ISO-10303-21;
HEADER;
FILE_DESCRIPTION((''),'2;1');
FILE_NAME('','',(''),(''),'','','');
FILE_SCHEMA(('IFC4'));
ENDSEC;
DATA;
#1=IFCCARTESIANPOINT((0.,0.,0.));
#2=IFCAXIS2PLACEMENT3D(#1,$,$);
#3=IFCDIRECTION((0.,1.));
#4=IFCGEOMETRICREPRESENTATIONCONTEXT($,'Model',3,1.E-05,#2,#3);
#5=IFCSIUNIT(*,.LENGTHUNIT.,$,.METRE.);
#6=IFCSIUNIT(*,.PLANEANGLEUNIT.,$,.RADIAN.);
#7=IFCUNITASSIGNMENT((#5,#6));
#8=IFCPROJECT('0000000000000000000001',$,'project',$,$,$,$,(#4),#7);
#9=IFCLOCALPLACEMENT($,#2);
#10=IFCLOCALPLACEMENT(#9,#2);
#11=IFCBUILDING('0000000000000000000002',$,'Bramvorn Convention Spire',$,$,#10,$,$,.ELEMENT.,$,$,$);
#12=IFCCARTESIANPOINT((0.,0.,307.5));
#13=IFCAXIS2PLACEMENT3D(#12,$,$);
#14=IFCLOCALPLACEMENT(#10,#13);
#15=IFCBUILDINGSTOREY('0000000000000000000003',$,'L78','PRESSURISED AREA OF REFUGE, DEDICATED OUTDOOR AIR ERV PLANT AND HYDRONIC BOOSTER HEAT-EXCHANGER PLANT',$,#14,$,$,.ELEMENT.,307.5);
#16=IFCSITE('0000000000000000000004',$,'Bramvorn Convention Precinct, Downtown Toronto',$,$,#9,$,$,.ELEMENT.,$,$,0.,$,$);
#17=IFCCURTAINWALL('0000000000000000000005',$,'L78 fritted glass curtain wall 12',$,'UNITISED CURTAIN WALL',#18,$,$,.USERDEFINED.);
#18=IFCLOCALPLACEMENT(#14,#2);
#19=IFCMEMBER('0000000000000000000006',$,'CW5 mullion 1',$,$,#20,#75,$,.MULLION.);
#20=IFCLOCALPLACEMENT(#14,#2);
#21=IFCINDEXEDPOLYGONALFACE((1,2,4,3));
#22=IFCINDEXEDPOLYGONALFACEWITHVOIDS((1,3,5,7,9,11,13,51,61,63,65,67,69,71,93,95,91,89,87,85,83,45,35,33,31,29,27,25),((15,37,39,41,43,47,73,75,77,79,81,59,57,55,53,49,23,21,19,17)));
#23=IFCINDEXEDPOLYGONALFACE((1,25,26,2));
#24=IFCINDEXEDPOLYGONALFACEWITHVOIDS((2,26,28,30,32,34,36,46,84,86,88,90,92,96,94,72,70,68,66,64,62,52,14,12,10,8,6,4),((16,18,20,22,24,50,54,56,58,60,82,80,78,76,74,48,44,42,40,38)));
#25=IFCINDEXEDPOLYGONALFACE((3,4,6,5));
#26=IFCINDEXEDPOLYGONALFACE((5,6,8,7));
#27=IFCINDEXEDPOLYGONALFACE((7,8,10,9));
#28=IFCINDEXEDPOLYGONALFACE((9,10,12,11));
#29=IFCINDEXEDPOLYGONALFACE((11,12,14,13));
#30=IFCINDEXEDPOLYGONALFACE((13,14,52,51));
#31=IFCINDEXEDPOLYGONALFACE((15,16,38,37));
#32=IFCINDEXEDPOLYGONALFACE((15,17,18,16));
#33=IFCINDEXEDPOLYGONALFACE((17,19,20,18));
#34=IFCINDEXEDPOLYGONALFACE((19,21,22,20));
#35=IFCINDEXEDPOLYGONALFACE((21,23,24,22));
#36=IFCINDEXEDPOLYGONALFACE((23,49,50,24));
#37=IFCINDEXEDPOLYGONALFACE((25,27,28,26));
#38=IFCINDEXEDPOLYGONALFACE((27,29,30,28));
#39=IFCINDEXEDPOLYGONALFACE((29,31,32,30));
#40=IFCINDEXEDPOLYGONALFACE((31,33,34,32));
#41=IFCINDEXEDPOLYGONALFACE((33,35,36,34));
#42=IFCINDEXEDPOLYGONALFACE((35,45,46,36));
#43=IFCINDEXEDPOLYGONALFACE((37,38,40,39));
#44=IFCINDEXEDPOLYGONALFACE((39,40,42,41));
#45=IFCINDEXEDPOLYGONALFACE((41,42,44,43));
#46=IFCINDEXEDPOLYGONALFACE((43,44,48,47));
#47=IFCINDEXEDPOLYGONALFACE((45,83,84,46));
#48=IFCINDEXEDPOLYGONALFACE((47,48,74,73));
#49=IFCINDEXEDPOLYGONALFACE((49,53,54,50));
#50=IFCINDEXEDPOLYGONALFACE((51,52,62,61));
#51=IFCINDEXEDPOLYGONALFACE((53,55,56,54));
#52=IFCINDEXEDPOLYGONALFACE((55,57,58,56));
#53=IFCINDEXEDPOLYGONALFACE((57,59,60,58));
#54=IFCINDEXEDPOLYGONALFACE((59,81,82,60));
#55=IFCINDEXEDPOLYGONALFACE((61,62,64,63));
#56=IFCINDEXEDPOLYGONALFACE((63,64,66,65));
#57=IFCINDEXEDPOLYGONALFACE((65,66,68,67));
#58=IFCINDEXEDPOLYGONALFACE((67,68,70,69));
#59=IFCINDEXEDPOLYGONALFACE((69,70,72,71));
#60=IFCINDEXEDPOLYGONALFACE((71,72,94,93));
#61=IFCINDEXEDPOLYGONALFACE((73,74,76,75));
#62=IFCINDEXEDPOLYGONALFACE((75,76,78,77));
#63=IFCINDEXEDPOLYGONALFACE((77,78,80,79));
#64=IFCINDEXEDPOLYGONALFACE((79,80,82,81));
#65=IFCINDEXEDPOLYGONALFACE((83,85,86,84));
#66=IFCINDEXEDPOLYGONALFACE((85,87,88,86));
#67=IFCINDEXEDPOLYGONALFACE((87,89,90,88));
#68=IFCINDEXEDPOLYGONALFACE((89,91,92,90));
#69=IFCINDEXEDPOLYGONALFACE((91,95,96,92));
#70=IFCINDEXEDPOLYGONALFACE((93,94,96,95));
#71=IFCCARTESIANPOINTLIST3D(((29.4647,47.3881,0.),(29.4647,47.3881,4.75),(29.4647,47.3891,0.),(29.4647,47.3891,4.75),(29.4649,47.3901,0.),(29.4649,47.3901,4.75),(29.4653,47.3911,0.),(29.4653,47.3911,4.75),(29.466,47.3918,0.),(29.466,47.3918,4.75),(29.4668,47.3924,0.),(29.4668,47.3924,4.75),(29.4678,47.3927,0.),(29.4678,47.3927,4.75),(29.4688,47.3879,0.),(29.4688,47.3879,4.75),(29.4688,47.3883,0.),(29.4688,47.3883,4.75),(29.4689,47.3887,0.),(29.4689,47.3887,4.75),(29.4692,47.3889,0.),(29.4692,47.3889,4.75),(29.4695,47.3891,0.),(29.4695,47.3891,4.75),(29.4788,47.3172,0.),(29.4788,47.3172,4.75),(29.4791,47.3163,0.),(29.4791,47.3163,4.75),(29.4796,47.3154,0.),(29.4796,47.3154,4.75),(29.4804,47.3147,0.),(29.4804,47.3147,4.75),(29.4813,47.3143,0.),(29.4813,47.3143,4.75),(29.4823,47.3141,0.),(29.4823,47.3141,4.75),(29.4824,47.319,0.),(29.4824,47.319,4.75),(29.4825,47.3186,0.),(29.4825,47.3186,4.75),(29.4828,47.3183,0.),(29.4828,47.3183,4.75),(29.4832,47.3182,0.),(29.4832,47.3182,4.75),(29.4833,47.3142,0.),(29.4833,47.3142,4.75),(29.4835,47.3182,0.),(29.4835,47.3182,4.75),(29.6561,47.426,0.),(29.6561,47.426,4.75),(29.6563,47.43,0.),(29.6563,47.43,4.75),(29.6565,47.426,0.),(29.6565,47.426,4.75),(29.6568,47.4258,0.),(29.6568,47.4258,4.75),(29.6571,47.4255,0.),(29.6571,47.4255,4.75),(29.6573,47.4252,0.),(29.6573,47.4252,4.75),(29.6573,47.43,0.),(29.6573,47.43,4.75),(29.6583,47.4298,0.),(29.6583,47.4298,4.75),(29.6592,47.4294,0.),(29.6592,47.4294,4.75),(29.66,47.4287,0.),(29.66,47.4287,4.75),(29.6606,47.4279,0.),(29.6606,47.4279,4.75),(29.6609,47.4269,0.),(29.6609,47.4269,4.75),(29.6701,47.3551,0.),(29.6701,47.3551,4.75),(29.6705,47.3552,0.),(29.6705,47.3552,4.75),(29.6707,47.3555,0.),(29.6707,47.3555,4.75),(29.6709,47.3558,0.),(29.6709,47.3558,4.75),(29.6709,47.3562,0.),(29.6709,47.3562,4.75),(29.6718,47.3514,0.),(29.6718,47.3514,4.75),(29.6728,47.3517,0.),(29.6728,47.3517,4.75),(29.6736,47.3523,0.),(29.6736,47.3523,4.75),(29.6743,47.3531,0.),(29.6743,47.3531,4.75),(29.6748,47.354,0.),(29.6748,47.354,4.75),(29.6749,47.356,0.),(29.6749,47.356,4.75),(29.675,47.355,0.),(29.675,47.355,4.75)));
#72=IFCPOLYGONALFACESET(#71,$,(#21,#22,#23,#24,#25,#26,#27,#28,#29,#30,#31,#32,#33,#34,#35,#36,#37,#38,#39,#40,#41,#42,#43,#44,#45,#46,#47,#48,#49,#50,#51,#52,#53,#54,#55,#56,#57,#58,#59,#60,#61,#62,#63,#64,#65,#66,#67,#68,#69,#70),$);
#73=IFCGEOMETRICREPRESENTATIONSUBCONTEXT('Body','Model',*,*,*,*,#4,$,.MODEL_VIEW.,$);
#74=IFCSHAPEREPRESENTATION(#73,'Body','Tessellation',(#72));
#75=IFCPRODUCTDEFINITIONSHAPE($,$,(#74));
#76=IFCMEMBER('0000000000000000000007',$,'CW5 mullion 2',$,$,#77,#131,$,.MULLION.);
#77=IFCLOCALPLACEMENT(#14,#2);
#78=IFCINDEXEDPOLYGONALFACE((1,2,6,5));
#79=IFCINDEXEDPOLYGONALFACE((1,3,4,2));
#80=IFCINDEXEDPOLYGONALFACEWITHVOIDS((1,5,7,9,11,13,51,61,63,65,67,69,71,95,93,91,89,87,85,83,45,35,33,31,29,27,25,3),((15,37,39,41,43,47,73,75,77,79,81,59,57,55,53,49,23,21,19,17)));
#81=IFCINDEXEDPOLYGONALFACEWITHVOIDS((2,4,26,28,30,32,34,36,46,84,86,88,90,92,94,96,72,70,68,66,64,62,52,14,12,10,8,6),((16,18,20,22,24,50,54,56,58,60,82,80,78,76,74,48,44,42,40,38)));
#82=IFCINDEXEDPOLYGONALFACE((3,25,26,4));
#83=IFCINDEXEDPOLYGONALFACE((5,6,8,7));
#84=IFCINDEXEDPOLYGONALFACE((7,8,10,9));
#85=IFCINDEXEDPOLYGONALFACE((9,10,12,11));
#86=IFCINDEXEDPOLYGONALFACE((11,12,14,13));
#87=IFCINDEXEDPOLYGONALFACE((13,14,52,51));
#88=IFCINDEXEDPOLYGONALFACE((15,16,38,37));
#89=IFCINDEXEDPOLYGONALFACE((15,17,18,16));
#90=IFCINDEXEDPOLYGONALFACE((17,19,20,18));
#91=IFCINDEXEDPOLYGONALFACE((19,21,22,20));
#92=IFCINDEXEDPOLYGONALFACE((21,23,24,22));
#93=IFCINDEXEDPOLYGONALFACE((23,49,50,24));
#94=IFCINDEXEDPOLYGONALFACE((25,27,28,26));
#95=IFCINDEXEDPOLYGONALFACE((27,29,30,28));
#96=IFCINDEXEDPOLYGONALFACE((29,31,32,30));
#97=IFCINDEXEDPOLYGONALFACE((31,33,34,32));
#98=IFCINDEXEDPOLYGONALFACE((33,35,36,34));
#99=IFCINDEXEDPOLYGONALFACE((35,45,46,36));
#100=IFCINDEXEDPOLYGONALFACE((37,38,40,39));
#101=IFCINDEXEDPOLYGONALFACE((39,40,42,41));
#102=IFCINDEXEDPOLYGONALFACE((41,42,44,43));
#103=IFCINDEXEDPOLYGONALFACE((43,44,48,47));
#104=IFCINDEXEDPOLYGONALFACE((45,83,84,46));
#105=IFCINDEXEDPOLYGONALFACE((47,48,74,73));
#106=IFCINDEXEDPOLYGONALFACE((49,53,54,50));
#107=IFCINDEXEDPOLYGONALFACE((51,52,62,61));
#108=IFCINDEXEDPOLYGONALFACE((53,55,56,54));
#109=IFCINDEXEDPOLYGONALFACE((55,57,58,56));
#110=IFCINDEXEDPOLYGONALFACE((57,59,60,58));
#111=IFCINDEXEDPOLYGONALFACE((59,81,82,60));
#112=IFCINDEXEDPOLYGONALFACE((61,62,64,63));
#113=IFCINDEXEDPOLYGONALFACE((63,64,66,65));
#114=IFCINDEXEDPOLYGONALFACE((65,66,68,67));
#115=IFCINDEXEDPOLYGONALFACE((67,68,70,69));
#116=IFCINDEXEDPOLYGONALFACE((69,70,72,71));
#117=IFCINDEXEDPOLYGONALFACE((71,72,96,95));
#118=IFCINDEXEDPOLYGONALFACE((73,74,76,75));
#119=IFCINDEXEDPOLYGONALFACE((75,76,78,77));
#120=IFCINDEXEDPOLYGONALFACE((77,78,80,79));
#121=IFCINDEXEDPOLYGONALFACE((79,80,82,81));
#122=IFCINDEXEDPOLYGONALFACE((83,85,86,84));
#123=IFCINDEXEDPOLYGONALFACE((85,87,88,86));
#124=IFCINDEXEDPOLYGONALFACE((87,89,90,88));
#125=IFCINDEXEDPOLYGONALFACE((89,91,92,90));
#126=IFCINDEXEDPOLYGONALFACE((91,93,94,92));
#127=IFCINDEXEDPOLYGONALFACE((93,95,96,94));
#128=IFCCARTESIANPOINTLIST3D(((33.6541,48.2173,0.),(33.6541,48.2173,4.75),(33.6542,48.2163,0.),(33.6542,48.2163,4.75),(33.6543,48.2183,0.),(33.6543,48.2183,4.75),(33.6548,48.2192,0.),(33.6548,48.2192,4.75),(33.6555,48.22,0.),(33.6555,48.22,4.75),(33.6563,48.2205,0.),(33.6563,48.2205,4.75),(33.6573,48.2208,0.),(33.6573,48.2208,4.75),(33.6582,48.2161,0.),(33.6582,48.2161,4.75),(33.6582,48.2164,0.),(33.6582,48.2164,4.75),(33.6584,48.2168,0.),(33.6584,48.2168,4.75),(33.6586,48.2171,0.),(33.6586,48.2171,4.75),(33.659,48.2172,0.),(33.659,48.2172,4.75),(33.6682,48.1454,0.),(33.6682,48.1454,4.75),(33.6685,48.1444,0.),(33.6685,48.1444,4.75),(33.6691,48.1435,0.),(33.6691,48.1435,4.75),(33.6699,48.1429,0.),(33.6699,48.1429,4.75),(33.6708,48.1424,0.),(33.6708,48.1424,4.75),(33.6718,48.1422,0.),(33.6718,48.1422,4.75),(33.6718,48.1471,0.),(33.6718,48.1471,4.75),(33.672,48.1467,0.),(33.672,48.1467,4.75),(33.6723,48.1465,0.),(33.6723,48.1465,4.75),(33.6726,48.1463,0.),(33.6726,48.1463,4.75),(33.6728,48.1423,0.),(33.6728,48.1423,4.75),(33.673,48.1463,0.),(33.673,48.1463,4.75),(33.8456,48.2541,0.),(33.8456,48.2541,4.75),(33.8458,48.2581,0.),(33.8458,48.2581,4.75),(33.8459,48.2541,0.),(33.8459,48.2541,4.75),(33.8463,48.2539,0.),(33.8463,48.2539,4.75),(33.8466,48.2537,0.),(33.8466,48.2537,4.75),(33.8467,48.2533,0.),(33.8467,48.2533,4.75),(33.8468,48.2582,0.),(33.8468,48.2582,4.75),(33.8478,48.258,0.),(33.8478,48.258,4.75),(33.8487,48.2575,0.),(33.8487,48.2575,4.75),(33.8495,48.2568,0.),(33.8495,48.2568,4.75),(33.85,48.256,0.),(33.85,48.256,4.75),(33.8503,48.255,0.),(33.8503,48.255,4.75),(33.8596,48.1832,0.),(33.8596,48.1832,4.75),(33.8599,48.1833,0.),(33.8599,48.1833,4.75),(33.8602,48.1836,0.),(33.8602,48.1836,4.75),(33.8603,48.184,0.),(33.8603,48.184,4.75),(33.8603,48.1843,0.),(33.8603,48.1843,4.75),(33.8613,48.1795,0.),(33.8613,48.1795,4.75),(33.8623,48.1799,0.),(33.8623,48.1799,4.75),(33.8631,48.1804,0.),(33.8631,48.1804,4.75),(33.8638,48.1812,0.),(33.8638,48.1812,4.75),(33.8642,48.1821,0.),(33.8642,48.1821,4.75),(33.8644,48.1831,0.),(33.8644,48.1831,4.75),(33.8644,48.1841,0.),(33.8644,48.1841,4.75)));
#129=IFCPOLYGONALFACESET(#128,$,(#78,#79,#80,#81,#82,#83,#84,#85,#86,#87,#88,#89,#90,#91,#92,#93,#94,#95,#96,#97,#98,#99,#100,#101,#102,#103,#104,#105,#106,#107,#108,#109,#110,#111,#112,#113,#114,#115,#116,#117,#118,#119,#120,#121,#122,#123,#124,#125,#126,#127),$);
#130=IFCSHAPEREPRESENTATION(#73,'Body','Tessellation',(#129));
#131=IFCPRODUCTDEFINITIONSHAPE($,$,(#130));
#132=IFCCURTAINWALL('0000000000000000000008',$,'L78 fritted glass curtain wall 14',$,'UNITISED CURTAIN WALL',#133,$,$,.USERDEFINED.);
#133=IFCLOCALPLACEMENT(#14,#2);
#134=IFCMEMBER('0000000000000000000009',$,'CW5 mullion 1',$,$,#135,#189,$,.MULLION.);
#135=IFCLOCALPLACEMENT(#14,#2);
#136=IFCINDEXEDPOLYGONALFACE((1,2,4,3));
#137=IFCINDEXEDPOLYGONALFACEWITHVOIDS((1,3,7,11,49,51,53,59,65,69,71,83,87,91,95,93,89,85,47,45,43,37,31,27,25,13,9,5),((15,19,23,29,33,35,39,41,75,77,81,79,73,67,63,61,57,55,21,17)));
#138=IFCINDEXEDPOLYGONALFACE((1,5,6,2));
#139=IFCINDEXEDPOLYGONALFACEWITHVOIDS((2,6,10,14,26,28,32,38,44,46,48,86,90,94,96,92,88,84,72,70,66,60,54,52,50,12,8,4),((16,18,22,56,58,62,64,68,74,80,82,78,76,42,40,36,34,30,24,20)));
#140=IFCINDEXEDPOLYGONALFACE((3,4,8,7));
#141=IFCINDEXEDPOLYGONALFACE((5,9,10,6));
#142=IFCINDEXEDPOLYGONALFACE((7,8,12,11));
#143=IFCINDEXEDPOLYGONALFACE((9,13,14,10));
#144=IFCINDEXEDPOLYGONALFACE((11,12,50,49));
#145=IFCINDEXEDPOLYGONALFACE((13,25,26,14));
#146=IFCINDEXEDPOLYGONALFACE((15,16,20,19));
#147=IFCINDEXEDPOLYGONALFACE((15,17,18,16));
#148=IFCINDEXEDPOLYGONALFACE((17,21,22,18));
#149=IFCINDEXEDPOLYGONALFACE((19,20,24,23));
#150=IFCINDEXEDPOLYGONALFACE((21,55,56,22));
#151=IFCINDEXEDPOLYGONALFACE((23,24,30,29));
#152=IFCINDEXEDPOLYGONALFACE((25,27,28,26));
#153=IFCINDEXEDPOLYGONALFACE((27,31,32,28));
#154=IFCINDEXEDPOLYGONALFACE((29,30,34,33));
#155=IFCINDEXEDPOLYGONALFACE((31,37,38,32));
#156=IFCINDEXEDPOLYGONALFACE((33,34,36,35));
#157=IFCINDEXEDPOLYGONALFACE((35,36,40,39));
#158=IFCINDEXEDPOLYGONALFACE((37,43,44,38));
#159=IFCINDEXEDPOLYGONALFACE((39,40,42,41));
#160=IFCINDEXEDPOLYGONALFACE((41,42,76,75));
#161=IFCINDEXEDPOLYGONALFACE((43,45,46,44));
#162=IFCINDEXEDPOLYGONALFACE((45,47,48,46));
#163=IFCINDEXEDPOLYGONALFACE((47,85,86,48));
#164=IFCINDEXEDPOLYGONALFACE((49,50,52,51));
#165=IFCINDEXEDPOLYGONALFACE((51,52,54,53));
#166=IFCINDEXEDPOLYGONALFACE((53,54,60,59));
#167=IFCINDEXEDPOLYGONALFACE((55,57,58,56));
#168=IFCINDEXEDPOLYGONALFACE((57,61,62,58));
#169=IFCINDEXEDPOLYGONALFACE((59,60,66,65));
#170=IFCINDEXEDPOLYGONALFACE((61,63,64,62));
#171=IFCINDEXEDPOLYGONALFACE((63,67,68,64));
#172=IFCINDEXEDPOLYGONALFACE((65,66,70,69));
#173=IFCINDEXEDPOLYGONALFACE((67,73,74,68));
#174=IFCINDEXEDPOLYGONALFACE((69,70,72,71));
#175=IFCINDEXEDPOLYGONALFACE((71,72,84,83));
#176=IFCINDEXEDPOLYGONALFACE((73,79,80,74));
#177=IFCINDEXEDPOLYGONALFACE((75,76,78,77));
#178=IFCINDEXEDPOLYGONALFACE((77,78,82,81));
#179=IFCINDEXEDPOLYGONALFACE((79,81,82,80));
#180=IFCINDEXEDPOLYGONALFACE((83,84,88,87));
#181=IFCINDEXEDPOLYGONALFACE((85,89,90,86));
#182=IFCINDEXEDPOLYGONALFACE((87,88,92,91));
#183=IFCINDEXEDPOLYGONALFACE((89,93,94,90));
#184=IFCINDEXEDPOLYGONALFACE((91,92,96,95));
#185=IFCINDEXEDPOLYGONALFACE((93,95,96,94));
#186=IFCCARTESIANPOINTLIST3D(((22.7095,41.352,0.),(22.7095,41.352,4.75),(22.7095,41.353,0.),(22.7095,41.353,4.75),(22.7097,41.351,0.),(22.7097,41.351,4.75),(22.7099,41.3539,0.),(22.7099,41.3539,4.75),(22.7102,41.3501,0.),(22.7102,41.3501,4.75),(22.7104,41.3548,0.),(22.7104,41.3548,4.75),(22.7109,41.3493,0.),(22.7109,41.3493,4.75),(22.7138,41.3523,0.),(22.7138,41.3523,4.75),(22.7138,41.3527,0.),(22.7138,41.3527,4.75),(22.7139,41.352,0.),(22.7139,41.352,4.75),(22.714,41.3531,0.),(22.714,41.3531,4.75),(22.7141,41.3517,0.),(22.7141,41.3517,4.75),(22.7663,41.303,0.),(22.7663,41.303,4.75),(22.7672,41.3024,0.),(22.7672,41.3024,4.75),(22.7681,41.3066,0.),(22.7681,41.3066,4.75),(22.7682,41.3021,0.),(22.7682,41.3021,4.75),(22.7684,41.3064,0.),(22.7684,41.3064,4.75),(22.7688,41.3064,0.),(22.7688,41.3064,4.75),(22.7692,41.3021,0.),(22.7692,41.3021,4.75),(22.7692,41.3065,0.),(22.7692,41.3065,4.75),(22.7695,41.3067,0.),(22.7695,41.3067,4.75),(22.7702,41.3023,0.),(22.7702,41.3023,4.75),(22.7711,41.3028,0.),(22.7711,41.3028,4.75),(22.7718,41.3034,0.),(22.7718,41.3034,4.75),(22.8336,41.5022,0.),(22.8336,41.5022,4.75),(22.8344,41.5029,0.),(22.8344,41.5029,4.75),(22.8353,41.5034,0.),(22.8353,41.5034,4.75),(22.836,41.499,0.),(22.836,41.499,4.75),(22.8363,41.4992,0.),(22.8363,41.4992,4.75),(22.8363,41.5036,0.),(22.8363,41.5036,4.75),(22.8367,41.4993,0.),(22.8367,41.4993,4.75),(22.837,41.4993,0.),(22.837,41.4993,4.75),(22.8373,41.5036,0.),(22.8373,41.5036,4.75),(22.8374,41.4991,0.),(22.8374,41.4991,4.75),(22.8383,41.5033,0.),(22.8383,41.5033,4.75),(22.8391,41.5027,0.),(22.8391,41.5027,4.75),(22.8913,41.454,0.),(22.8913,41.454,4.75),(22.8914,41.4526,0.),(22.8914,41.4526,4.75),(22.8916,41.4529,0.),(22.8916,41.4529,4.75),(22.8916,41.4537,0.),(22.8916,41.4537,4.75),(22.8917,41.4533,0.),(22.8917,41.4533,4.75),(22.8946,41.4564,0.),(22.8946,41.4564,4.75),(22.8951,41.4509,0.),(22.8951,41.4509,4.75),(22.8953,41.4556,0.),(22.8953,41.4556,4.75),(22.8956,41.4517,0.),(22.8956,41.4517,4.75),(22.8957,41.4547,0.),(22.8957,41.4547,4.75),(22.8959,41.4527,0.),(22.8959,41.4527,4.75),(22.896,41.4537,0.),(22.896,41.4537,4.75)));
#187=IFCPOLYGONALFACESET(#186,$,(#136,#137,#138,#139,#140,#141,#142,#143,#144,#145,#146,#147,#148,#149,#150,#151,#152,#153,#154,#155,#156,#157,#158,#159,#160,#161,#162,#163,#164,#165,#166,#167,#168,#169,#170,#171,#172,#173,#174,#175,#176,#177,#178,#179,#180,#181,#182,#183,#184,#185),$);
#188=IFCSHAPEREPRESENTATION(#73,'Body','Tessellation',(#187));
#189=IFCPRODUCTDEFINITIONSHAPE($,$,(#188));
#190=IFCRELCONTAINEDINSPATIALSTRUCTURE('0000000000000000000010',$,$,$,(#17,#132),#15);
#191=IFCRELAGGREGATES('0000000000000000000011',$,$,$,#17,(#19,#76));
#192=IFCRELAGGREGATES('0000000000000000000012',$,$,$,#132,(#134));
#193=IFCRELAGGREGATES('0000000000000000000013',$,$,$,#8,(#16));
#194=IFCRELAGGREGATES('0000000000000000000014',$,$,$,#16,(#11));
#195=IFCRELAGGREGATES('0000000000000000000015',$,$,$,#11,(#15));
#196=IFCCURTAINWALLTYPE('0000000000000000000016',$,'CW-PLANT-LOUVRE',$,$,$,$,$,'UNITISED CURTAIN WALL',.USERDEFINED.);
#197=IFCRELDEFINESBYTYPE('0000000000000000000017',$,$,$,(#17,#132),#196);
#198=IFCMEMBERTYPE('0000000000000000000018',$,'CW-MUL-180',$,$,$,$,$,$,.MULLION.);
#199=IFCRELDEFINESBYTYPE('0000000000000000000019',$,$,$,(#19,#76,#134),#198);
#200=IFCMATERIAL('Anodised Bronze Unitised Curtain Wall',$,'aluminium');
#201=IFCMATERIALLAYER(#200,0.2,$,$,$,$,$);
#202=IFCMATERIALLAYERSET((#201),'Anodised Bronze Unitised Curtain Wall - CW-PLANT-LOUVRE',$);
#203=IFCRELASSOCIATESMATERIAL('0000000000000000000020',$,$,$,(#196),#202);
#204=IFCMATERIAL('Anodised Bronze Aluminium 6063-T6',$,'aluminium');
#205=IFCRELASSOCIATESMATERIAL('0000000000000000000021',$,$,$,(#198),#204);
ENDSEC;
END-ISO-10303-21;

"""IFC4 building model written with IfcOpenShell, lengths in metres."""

from ifc_helpers import new_model, si_unit, direction, frame, origin, origin_2d, place, context, subcontext, project, spatial, hollow_rectangle, extrude, material, layer, layer_set, material_profile, profile_set, type_object, element, aggregate, save


model = new_model("IFC4")

# Units and contexts
model_context = context("Model", 3, precision=1e-05, world=origin(), true_north=direction((0.0, 1.0)))
body_context = subcontext(model_context, "Body", "Model", "MODEL_VIEW")
ifc_project = project(units=[si_unit("LENGTHUNIT", "METRE"), si_unit("PLANEANGLEUNIT", "RADIAN")], contexts=[model_context])

# Site, building, storey
site_placement = place(None, origin())
site = spatial("IfcSite", under=ifc_project, at=site_placement, Name="Bramvorn Convention Precinct, Downtown Toronto", CompositionType="ELEMENT", RefElevation=0.0)
building_placement = place(site_placement, origin())
building = spatial("IfcBuilding", under=site, at=building_placement, Name="Bramvorn Convention Spire", CompositionType="ELEMENT")
storey_placement = place(building_placement, frame((0.0, 0.0, 307.5)))
storey = spatial("IfcBuildingStorey", under=building, at=storey_placement, Name="L78", Description="PRESSURISED AREA OF REFUGE, DEDICATED OUTDOOR AIR ERV PLANT AND HYDRONIC BOOSTER HEAT-EXCHANGER PLANT", CompositionType="ELEMENT", Elevation=307.5)

# Shared definitions
ifc_material_1 = material(Name="Anodised Bronze Unitised Curtain Wall", Category="aluminium")
ifc_layer_1 = layer(ifc_material_1, 0.2)
ifc_layer_set_1 = layer_set([ifc_layer_1], Name="Anodised Bronze Unitised Curtain Wall - CW-PLANT-LOUVRE")
curtain_wall_type = type_object("IfcCurtainWallType", Name="CW-PLANT-LOUVRE", ElementType="UNITISED CURTAIN WALL", PredefinedType="USERDEFINED", material=ifc_layer_set_1)
ifc_material_2 = material(Name="Anodised Bronze Aluminium 6063-T6", Category="aluminium")
ifc_material_profile_1 = material_profile(ifc_material_2, hollow_rectangle(XDim=0.0801, YDim=0.2, WallThickness=0.0039, InnerFilletRadius=0.001, OuterFilletRadius=0.0039, at=origin_2d()))
ifc_profile_set_1 = profile_set([ifc_material_profile_1], Name="Anodised Bronze Aluminium 6063-T6 - CWM80X200")
member_type_1 = type_object("IfcMemberType", Name="CW-MUL-180", PredefinedType="MULLION", material=ifc_profile_set_1)

# Curtain walls, members
curtain_wall_1_placement = place(storey_placement, origin())
curtain_wall_1 = element("IfcCurtainWall", 1, at=curtain_wall_1_placement, inside=storey, type_object=curtain_wall_type, Name="L78 fritted glass curtain wall 12", ObjectType="UNITISED CURTAIN WALL", PredefinedType="USERDEFINED")
member_1_placement = place(storey_placement, frame((29.5698, 47.3721, 0.0), z_axis=(0.0, 0.0, 1.0), x_axis=(-0.193913, 0.981019, 0.0)))
member_1 = element("IfcMember", 2, at=member_1_placement, type_object=member_type_1, Name="CW5 mullion 1", PredefinedType="MULLION", context=body_context, shape_type="SweptSolid", body=[
    extrude(hollow_rectangle(XDim=0.0801, YDim=0.2, WallThickness=0.0039, InnerFilletRadius=0.001, OuterFilletRadius=0.0039, at=origin_2d()), origin(), (0.0, 0.0, 1.0), 4.75),
])
member_2_placement = place(storey_placement, frame((33.7593, 48.2002, 0.0), z_axis=(0.0, 0.0, 1.0), x_axis=(-0.193913, 0.981019, 0.0)))
member_2 = element("IfcMember", 3, at=member_2_placement, type_object=member_type_1, Name="CW5 mullion 2", PredefinedType="MULLION", context=body_context, shape_type="SweptSolid", body=[
    extrude(hollow_rectangle(XDim=0.0801, YDim=0.2, WallThickness=0.0039, InnerFilletRadius=0.001, OuterFilletRadius=0.0039, at=origin_2d()), origin(), (0.0, 0.0, 1.0), 4.75),
])
curtain_wall_2_placement = place(storey_placement, origin())
curtain_wall_2 = element("IfcCurtainWall", 4, at=curtain_wall_2_placement, inside=storey, type_object=curtain_wall_type, Name="L78 fritted glass curtain wall 14", ObjectType="UNITISED CURTAIN WALL", PredefinedType="USERDEFINED")
member_3_placement = place(storey_placement, frame((22.8027, 41.4028, 0.0), z_axis=(0.0, 0.0, 1.0), x_axis=(-0.767206, 0.6414, 0.0)))
member_3 = element("IfcMember", 5, at=member_3_placement, type_object=member_type_1, Name="CW5 mullion 1", PredefinedType="MULLION", context=body_context, shape_type="SweptSolid", body=[
    extrude(hollow_rectangle(XDim=0.0801, YDim=0.2, WallThickness=0.0039, InnerFilletRadius=0.001, OuterFilletRadius=0.0039, at=origin_2d()), origin(), (0.0, 0.0, 1.0), 4.75),
])

aggregate(curtain_wall_1, [member_1, member_2])
aggregate(curtain_wall_2, [member_3])

save(model, "model.ifc")
